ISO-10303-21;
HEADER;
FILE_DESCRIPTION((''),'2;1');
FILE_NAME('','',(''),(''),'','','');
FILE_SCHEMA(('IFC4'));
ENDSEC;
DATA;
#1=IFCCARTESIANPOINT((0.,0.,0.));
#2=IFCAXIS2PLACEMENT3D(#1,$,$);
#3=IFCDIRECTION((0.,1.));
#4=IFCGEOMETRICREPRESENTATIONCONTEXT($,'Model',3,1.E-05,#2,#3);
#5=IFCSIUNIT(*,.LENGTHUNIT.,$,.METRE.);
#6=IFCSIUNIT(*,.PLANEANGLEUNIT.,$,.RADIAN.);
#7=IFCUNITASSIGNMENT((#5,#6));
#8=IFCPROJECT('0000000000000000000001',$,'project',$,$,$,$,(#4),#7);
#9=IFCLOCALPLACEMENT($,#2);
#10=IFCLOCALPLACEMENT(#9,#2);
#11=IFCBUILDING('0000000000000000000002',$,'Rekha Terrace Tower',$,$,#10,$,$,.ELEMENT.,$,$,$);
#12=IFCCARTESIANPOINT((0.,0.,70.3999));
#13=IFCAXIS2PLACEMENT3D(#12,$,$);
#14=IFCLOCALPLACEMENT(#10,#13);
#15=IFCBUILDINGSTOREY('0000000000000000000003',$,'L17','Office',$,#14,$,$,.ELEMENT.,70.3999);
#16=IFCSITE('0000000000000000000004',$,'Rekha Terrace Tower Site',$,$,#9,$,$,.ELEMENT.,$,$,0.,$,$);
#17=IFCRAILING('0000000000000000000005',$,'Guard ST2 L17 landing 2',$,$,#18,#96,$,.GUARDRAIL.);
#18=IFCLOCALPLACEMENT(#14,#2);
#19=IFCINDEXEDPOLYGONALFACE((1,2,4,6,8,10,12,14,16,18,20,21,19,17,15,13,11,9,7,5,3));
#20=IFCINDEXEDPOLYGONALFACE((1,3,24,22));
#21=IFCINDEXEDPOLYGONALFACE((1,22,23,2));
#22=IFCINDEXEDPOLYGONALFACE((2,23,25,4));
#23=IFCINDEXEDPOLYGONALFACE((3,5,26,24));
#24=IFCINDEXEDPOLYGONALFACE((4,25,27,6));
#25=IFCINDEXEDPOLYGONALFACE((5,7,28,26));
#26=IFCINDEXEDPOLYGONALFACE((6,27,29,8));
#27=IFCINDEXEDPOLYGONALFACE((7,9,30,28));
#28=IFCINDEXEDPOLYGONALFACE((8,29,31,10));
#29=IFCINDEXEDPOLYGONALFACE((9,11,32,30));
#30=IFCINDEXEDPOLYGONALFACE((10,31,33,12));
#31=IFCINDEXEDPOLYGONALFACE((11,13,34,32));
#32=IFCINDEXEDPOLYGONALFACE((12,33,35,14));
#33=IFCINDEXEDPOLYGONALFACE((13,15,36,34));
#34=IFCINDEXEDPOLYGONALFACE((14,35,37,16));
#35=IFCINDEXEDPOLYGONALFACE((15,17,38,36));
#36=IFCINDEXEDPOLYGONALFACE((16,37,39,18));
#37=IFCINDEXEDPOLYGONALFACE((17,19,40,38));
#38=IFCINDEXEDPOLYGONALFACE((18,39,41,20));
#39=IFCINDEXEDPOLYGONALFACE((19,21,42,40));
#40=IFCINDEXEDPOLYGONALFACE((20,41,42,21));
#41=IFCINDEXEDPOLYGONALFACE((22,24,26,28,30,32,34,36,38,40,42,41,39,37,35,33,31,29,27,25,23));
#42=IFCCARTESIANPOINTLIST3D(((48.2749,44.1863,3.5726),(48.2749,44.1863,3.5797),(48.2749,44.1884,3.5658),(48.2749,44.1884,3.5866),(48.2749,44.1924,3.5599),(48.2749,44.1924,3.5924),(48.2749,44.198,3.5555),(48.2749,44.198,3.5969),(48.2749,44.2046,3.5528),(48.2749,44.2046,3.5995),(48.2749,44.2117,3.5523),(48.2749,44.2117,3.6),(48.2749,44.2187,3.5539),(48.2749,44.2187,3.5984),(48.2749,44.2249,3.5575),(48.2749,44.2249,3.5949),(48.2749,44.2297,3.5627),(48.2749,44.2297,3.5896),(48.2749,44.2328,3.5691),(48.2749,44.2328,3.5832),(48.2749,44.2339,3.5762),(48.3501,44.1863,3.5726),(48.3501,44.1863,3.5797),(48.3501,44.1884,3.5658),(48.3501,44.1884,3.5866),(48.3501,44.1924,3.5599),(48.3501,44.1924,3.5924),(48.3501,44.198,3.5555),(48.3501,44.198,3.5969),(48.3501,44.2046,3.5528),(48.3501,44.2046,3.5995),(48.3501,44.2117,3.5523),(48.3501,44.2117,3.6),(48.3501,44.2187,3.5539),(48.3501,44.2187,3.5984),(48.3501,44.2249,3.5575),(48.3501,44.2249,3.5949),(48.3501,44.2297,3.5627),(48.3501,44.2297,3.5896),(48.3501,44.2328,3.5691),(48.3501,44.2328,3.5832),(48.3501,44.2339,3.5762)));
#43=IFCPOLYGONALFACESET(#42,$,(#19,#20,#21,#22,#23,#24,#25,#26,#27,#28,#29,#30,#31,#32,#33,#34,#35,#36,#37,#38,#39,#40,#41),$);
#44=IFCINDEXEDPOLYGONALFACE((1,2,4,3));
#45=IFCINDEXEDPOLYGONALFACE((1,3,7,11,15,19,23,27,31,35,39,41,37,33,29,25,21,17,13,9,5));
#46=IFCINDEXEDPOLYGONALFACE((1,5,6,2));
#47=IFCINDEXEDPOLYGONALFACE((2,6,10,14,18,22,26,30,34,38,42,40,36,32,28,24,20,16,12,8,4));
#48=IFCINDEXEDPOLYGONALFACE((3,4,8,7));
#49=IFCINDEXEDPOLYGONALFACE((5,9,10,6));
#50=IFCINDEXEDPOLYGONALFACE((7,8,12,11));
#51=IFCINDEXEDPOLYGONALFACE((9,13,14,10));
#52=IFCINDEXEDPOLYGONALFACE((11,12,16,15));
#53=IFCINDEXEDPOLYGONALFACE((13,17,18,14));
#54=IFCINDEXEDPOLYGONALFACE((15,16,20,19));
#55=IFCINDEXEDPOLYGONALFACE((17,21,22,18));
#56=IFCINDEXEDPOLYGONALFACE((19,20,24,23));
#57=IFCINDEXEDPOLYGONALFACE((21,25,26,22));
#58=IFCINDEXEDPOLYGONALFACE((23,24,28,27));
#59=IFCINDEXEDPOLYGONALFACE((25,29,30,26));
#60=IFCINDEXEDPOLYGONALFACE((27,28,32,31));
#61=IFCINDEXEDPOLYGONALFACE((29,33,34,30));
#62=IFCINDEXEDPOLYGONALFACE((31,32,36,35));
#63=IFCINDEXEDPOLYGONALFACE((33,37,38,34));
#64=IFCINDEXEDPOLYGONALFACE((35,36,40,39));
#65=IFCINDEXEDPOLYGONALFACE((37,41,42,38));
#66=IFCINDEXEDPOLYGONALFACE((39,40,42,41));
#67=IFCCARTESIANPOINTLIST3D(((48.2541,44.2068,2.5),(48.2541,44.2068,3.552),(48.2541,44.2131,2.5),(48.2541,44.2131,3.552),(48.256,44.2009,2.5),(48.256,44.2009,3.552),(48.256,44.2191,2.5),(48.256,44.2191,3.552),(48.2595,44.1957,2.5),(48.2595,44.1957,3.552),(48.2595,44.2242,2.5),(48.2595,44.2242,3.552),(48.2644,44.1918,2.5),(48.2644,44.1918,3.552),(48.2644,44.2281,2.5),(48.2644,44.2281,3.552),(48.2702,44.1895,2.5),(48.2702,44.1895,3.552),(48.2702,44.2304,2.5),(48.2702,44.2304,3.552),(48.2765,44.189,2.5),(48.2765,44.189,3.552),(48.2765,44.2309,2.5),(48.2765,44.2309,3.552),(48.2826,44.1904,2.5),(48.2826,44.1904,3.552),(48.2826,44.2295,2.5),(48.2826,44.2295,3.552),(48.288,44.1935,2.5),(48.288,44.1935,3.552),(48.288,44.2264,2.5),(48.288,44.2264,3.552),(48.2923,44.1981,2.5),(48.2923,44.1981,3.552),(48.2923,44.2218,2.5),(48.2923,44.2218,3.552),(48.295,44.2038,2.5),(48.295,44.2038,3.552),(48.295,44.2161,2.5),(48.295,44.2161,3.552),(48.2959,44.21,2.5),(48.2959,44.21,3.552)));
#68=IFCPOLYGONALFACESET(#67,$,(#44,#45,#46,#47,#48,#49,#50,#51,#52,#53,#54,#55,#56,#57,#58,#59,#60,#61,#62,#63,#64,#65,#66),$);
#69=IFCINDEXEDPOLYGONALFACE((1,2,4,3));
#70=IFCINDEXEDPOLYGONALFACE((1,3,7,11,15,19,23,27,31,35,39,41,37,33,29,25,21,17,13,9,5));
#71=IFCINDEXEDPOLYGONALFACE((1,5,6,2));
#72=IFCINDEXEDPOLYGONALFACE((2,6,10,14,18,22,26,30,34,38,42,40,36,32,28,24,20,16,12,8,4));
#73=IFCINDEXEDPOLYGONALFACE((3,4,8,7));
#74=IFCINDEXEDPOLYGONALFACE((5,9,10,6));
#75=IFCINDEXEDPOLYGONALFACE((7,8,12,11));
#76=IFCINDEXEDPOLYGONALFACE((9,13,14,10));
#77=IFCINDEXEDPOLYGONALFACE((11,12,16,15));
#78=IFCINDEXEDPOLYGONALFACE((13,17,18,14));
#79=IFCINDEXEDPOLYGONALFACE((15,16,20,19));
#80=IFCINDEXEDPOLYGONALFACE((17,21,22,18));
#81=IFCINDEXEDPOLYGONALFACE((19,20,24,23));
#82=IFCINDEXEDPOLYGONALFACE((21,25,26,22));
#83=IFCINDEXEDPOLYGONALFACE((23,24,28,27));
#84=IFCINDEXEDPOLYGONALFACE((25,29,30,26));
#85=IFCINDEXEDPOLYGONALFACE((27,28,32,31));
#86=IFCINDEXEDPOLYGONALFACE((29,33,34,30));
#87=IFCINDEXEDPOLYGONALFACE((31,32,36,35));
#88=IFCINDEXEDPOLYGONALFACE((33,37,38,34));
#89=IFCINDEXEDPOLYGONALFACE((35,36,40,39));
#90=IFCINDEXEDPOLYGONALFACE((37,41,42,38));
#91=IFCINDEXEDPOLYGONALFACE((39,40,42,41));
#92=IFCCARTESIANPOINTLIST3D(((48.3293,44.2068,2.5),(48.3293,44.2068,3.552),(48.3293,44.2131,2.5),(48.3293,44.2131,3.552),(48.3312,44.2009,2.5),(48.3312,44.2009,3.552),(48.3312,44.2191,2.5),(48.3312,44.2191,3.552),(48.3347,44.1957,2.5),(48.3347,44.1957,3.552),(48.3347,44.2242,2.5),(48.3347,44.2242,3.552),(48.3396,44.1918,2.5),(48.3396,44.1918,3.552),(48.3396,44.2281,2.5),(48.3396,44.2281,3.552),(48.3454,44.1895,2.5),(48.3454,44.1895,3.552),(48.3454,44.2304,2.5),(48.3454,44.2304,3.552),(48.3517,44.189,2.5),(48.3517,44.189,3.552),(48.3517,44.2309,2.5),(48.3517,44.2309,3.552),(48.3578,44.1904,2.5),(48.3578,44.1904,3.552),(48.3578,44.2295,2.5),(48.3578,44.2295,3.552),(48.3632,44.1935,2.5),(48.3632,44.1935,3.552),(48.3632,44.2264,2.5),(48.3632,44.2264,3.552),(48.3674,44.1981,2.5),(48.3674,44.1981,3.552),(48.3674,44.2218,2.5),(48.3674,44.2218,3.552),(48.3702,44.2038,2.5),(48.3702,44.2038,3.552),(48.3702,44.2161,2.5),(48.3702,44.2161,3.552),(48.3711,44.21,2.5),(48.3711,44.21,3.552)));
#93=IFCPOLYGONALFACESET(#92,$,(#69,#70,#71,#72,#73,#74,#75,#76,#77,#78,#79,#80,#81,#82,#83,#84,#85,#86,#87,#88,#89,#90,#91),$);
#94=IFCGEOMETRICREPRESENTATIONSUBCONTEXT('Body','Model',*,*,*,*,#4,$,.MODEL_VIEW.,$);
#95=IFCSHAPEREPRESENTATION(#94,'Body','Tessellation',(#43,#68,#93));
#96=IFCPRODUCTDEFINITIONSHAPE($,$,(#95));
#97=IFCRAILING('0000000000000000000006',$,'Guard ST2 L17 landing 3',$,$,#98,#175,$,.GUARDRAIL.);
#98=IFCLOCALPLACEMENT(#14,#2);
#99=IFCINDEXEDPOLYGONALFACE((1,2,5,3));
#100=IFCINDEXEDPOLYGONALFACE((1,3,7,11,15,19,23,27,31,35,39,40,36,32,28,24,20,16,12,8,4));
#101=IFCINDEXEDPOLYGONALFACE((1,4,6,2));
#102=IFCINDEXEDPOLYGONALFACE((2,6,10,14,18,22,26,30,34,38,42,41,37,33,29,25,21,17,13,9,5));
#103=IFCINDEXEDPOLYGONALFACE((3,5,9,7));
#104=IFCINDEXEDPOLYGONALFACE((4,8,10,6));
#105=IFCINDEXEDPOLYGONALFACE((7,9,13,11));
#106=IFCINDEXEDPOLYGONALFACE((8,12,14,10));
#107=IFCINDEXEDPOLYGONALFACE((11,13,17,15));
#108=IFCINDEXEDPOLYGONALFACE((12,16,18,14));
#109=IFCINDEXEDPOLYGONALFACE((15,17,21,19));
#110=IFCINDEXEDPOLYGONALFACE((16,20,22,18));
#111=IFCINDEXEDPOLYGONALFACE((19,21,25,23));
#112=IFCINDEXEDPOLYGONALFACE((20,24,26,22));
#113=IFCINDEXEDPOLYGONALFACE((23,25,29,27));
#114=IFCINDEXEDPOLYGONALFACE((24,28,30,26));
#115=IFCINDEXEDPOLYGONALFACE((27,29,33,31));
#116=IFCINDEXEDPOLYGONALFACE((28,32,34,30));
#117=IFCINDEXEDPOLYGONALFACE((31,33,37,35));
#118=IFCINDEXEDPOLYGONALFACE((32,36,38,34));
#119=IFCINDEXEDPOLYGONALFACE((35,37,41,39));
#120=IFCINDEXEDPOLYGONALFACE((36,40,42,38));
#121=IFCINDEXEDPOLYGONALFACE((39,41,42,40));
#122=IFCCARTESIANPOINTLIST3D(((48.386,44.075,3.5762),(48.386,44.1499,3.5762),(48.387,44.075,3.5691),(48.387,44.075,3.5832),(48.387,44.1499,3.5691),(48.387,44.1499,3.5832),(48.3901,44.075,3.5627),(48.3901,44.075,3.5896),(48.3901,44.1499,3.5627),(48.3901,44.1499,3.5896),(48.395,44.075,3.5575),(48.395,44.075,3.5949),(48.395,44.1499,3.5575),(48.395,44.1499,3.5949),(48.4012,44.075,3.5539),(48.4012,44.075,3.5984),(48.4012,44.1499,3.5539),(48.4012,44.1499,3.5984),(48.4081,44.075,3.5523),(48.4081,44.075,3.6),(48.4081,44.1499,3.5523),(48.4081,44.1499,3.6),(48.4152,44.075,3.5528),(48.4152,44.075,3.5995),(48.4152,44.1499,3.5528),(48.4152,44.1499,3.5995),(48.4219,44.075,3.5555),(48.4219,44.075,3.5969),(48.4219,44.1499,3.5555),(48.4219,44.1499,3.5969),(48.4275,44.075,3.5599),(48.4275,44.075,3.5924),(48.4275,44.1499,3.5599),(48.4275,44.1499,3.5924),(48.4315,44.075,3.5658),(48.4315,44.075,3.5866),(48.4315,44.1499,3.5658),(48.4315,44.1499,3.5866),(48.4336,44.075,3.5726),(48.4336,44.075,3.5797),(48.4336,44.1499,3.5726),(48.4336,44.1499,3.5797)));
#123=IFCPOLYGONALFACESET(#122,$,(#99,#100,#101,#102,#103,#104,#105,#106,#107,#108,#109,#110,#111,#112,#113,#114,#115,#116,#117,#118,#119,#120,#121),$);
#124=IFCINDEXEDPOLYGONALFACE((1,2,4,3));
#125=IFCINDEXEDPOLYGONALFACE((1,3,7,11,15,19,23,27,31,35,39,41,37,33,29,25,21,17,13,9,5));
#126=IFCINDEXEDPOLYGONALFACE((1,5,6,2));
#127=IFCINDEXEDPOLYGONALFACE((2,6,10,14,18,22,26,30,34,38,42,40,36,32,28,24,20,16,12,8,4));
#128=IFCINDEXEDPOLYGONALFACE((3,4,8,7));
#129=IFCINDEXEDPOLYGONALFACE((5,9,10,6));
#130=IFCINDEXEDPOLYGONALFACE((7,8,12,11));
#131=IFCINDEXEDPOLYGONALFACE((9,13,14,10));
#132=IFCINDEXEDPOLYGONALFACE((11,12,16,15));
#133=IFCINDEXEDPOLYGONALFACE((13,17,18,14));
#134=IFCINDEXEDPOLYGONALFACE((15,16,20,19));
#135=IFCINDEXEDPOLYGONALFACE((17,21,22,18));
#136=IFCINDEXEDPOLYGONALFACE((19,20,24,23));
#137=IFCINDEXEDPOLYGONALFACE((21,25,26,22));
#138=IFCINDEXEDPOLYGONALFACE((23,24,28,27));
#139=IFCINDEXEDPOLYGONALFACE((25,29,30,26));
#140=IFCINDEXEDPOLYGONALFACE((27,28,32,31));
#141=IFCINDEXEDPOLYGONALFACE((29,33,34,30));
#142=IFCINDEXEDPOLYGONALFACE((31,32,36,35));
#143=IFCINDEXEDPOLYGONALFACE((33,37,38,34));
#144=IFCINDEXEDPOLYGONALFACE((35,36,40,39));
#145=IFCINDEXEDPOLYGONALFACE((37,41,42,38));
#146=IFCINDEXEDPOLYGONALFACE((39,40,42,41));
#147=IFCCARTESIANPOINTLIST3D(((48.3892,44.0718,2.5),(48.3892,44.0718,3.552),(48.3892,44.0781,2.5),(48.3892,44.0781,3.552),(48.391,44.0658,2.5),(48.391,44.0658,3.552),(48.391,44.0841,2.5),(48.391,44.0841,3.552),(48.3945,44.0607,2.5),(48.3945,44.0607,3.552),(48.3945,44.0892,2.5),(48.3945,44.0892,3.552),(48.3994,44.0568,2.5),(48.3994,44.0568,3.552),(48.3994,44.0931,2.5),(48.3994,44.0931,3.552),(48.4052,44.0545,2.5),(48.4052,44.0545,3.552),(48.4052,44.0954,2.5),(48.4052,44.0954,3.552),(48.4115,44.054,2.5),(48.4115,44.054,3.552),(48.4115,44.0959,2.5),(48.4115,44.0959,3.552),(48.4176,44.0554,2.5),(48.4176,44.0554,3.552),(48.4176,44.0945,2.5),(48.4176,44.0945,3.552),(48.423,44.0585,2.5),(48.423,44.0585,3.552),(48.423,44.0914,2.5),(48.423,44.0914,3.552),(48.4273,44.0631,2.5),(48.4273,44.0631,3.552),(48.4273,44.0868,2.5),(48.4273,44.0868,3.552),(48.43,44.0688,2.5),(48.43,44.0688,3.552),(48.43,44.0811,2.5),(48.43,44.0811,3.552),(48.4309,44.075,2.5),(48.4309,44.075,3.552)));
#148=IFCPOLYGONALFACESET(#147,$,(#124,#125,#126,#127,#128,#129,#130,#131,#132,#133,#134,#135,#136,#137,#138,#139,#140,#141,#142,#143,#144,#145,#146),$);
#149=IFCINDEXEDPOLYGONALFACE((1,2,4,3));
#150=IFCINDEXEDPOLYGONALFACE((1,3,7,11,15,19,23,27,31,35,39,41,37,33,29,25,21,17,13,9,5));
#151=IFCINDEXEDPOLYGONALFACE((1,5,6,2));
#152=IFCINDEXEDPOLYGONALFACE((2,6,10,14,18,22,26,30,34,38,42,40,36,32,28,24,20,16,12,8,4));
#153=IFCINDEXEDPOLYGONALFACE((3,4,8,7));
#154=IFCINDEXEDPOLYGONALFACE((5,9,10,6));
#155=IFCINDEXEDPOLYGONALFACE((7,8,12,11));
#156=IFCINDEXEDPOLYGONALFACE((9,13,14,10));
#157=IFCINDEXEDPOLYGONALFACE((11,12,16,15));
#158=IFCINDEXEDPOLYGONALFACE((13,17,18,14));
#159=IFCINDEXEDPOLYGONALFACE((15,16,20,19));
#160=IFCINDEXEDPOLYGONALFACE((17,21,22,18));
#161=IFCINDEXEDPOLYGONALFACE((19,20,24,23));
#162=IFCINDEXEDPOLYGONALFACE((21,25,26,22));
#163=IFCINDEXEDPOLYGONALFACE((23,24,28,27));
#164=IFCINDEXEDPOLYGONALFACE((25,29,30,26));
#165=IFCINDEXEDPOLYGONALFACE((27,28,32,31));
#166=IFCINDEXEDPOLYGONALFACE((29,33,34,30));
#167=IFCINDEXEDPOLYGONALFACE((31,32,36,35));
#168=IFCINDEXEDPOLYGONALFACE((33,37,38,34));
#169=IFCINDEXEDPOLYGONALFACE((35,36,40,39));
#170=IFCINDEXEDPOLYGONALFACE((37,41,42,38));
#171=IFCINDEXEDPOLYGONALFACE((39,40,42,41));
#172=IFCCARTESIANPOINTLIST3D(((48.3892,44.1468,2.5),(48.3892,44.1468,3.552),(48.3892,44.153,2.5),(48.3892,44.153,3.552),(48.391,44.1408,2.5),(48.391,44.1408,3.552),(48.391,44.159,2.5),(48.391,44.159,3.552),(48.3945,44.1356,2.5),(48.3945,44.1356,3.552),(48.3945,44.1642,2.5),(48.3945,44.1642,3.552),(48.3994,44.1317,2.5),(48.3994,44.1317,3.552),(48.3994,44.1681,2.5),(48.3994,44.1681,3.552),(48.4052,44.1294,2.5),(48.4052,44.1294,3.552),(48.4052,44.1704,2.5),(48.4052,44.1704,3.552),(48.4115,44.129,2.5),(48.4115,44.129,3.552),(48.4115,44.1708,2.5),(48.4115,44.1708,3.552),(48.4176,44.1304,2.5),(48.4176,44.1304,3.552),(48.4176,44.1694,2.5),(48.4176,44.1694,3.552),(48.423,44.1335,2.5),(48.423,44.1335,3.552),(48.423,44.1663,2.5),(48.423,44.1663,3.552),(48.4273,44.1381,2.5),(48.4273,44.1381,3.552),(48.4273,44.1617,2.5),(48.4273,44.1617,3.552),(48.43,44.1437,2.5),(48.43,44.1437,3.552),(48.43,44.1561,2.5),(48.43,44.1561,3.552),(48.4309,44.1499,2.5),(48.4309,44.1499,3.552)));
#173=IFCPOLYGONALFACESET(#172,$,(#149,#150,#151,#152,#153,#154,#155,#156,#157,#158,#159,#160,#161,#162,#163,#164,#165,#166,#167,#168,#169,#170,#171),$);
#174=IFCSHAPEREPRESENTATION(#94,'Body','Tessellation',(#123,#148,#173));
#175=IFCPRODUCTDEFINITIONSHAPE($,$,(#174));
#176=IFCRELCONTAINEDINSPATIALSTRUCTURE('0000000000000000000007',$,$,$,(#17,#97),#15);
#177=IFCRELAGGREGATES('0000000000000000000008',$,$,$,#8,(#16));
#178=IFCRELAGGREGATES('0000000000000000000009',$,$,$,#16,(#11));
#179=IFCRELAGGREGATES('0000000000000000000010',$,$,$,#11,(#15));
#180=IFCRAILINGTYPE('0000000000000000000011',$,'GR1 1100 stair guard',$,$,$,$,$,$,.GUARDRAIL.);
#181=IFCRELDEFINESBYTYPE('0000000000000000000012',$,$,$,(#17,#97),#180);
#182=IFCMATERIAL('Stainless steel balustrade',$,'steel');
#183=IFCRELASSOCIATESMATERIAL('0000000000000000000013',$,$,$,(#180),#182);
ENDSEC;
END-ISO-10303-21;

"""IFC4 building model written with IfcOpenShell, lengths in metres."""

from ifc_helpers import new_model, si_unit, direction, frame, origin, origin_2d, place, context, subcontext, project, spatial, circle, extrude, material, type_object, element, save


model = new_model("IFC4")

# Units and contexts
model_context = context("Model", 3, precision=1e-05, world=origin(), true_north=direction((0.0, 1.0)))
body_context = subcontext(model_context, "Body", "Model", "MODEL_VIEW")
ifc_project = project(units=[si_unit("LENGTHUNIT", "METRE"), si_unit("PLANEANGLEUNIT", "RADIAN")], contexts=[model_context])

# Site, building, storey
site_placement = place(None, origin())
site = spatial("IfcSite", under=ifc_project, at=site_placement, Name="Rekha Terrace Tower Site", CompositionType="ELEMENT", RefElevation=0.0)
building_placement = place(site_placement, origin())
building = spatial("IfcBuilding", under=site, at=building_placement, Name="Rekha Terrace Tower", CompositionType="ELEMENT")
storey_placement = place(building_placement, frame((0.0, 0.0, 70.3999)))
storey = spatial("IfcBuildingStorey", under=building, at=storey_placement, Name="L17", Description="Office", CompositionType="ELEMENT", Elevation=70.3999)

# Railings
ifc_material_1 = material(Name="Stainless steel balustrade", Category="steel")
railing_type_1 = type_object("IfcRailingType", Name="GR1 1100 stair guard", PredefinedType="GUARDRAIL", material=ifc_material_1)
railing_1_placement = place(storey_placement, frame((48.2749, 44.21, 2.5)))
element("IfcRailing", 1, at=railing_1_placement, inside=storey, type_object=railing_type_1, Name="Guard ST2 L17 landing 2", PredefinedType="GUARDRAIL", context=body_context, shape_type="SweptSolid", body=[
    extrude(circle(Radius=0.0239, at=origin_2d()), frame((0.0, 0.0, 1.0762), z_axis=(1.0, 0.0, 0.0), x_axis=(0.0, 1.0, 0.0)), (0.0, 0.0, 1.0), 0.0752),
    extrude(circle(Radius=0.021, at=origin_2d()), origin(), (0.0, 0.0, 1.0), 1.052),
    extrude(circle(Radius=0.021, at=origin_2d()), frame((0.0752, 0.0, 0.0)), (0.0, 0.0, 1.0), 1.052),
])
railing_2_placement = place(storey_placement, frame((48.4099, 44.075, 2.5)))
element("IfcRailing", 2, at=railing_2_placement, inside=storey, type_object=railing_type_1, Name="Guard ST2 L17 landing 3", PredefinedType="GUARDRAIL", context=body_context, shape_type="SweptSolid", body=[
    extrude(circle(Radius=0.0239, at=origin_2d()), frame((0.0, 0.0, 1.0762), z_axis=(0.0, 1.0, 0.0), x_axis=(-1.0, 0.0, 0.0)), (0.0, 0.0, 1.0), 0.075),
    extrude(circle(Radius=0.021, at=origin_2d()), origin(), (0.0, 0.0, 1.0), 1.052),
    extrude(circle(Radius=0.021, at=origin_2d()), frame((0.0, 0.075, 0.0)), (0.0, 0.0, 1.0), 1.052),
])

save(model, "model.ifc")
